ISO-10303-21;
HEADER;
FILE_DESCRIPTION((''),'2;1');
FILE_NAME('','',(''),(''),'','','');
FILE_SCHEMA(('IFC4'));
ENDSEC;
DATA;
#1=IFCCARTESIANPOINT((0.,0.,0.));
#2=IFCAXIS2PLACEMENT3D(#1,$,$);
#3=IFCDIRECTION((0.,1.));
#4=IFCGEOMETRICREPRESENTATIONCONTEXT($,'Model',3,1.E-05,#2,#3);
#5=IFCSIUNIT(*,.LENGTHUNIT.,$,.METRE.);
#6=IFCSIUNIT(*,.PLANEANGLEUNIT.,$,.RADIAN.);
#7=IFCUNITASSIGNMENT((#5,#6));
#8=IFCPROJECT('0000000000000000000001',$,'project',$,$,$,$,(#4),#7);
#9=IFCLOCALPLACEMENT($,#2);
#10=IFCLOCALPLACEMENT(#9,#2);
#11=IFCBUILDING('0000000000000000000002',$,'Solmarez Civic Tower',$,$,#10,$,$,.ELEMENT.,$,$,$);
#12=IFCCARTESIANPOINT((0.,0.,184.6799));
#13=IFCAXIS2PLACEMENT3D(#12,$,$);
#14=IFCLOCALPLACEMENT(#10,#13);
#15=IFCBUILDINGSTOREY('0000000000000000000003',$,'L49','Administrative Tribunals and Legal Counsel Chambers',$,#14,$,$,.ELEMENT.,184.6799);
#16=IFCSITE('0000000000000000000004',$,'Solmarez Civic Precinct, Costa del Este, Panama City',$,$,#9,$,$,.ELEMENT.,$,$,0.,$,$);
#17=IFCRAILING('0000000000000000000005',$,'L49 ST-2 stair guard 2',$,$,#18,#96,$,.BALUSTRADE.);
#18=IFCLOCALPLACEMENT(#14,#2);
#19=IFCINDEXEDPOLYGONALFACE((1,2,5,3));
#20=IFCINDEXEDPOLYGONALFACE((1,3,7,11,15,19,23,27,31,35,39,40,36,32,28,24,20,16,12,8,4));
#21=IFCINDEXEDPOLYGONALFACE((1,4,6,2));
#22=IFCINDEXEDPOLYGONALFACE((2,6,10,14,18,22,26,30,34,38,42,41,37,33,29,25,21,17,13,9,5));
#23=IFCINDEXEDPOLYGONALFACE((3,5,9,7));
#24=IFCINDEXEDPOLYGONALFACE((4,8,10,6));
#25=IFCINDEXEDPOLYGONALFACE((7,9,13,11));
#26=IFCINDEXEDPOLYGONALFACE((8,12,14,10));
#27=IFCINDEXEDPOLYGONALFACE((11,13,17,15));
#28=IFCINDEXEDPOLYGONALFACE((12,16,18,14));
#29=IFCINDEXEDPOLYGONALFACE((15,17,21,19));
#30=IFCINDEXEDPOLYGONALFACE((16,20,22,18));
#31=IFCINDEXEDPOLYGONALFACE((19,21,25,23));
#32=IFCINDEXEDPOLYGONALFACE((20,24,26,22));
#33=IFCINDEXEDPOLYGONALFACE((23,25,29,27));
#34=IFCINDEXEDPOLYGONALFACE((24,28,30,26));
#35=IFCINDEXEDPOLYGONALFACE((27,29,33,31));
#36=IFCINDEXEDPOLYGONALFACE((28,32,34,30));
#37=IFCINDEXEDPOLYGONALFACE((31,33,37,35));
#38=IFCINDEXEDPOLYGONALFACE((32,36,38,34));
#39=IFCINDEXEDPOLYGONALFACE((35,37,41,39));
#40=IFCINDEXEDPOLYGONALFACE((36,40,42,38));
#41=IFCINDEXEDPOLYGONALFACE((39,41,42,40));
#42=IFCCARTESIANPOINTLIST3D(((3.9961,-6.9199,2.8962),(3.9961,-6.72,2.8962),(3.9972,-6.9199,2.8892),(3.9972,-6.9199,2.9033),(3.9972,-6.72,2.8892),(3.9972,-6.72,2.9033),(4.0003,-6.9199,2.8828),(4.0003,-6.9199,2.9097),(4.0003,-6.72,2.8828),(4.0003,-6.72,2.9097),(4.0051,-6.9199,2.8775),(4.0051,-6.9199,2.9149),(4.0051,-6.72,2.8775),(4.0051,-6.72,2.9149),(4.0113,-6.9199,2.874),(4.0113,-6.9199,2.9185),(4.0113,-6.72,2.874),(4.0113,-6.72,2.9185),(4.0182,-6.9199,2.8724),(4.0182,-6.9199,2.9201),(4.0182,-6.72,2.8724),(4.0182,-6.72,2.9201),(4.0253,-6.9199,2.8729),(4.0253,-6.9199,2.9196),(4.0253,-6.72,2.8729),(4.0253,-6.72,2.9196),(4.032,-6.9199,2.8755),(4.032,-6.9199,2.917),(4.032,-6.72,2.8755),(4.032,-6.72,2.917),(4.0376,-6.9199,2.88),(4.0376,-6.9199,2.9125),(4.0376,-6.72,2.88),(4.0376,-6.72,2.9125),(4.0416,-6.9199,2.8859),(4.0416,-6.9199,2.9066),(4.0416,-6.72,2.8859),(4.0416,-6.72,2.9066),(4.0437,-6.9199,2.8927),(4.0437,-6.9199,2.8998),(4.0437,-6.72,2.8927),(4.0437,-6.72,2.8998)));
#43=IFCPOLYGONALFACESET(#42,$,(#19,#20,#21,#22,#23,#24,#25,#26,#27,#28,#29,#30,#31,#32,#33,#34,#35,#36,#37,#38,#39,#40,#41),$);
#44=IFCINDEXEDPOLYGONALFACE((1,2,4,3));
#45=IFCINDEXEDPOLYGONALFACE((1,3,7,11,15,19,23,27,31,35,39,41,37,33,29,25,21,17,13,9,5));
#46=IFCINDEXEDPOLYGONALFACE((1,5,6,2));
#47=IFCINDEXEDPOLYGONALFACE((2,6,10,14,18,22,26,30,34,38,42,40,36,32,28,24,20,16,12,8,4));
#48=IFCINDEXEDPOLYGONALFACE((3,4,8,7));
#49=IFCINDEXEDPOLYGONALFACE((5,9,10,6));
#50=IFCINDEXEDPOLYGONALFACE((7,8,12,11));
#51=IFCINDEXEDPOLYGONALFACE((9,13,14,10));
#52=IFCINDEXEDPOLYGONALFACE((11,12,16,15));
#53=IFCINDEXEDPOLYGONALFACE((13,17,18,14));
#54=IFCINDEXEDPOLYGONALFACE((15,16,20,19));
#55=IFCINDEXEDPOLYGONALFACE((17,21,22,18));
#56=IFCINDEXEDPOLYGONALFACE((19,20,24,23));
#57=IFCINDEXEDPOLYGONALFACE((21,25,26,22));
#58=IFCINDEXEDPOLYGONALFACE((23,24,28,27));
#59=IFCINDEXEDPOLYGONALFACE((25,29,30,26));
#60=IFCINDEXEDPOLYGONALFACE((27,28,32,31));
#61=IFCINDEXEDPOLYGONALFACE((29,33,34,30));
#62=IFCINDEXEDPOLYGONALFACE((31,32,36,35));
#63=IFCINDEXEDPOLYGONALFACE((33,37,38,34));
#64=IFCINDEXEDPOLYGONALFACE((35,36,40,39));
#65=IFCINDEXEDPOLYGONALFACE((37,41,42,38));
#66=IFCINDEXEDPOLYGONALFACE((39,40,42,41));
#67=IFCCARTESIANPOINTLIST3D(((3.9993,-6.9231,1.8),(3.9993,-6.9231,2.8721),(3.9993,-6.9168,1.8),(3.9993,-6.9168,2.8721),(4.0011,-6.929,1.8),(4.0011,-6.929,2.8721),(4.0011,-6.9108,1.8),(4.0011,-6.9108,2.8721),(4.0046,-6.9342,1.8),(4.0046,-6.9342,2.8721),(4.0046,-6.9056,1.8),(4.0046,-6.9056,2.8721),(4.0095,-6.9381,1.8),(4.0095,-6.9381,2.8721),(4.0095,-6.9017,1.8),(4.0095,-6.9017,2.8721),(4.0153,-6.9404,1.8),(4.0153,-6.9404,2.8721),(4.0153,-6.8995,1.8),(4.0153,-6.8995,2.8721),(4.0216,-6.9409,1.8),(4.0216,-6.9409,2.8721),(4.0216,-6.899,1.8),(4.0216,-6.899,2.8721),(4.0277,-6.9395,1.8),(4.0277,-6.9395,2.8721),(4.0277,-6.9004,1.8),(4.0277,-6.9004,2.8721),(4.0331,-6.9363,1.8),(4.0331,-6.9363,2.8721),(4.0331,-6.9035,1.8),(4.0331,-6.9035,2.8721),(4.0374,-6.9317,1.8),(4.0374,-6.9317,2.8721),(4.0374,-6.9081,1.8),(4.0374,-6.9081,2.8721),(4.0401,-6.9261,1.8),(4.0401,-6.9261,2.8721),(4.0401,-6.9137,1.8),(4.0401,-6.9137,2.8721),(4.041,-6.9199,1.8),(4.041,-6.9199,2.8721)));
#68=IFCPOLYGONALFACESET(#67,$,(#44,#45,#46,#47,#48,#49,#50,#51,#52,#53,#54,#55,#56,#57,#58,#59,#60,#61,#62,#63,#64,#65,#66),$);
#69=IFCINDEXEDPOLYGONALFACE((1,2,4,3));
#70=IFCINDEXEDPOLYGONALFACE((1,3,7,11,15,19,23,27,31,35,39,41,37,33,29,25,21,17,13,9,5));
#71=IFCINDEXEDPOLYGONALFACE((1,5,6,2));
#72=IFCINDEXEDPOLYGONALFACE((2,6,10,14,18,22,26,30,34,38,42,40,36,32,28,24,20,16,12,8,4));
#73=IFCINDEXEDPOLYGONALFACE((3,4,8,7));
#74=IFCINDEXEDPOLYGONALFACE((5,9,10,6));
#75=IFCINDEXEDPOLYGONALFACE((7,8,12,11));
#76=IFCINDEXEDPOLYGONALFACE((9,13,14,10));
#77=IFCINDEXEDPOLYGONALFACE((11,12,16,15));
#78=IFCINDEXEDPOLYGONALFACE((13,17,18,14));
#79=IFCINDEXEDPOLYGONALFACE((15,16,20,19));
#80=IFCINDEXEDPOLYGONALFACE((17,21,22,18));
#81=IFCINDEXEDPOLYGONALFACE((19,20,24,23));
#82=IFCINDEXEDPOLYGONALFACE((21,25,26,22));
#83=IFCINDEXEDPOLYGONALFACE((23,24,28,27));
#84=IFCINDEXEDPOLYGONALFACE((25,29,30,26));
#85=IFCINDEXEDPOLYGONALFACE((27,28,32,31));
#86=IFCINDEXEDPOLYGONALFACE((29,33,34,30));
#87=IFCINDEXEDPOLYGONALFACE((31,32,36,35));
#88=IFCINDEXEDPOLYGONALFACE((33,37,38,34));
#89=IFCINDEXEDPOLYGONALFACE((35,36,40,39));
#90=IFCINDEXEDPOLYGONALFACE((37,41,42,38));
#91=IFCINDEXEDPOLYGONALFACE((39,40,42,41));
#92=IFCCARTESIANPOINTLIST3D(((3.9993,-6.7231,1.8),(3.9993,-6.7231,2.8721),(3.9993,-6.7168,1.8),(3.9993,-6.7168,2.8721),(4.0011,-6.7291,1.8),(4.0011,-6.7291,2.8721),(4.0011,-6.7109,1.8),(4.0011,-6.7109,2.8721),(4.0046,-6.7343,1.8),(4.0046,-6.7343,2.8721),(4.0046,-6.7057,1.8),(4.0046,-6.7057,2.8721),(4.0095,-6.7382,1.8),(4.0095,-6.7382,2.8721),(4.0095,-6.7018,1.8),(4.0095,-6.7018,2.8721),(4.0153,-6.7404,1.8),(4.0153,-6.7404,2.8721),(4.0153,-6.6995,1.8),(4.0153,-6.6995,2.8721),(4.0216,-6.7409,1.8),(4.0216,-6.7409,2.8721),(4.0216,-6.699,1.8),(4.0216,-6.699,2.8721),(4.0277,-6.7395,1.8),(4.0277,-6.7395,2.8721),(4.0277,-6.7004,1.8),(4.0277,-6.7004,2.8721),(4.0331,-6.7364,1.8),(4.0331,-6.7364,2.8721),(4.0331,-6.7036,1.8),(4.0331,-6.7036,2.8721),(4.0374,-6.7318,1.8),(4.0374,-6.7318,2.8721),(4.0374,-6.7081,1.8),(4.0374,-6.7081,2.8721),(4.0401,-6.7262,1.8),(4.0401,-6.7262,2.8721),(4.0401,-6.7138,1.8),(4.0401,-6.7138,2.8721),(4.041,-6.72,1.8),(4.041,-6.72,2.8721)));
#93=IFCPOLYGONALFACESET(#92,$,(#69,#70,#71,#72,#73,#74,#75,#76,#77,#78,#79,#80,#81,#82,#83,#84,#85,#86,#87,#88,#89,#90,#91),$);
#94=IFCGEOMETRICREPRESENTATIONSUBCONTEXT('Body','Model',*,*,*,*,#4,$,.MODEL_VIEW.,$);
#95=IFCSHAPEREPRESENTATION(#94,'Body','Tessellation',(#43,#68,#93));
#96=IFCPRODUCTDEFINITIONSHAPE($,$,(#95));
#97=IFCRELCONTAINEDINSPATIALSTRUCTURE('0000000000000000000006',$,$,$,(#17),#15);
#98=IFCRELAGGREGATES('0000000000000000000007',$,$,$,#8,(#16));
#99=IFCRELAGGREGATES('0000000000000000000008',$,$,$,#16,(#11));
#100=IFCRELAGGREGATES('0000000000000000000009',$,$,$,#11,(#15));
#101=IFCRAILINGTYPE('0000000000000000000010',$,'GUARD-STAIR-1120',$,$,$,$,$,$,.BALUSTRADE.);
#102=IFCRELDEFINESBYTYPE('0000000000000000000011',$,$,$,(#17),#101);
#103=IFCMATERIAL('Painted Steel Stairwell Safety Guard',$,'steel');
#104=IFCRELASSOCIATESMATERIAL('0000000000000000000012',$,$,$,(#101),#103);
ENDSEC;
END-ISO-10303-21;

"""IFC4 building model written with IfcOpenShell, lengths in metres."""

from ifc_helpers import new_model, si_unit, direction, frame, origin, origin_2d, place, context, subcontext, project, spatial, circle, extrude, material, type_object, element, save


model = new_model("IFC4")

# Units and contexts
model_context = context("Model", 3, precision=1e-05, world=origin(), true_north=direction((0.0, 1.0)))
body_context = subcontext(model_context, "Body", "Model", "MODEL_VIEW")
ifc_project = project(units=[si_unit("LENGTHUNIT", "METRE"), si_unit("PLANEANGLEUNIT", "RADIAN")], contexts=[model_context])

# Site, building, storey
site_placement = place(None, origin())
site = spatial("IfcSite", under=ifc_project, at=site_placement, Name="Solmarez Civic Precinct, Costa del Este, Panama City", CompositionType="ELEMENT", RefElevation=0.0)
building_placement = place(site_placement, origin())
building = spatial("IfcBuilding", under=site, at=building_placement, Name="Solmarez Civic Tower", CompositionType="ELEMENT")
storey_placement = place(building_placement, frame((0.0, 0.0, 184.6799)))
storey = spatial("IfcBuildingStorey", under=building, at=storey_placement, Name="L49", Description="Administrative Tribunals and Legal Counsel Chambers", CompositionType="ELEMENT", Elevation=184.6799)

# Railing
ifc_material_1 = material(Name="Painted Steel Stairwell Safety Guard", Category="steel")
railing_type_1 = type_object("IfcRailingType", Name="GUARD-STAIR-1120", PredefinedType="BALUSTRADE", material=ifc_material_1)
railing_1_placement = place(storey_placement, frame((4.02, -6.9199, 1.8)))
element("IfcRailing", 1, at=railing_1_placement, inside=storey, type_object=railing_type_1, Name="L49 ST-2 stair guard 2", PredefinedType="BALUSTRADE", context=body_context, shape_type="SweptSolid", body=[
    extrude(circle(Radius=0.0239, at=origin_2d()), frame((0.0, 0.0, 1.0962), z_axis=(0.0, 1.0, 0.0), x_axis=(-1.0, 0.0, 0.0)), (0.0, 0.0, 1.0), 0.2),
    extrude(circle(Radius=0.021, at=origin_2d()), origin(), (0.0, 0.0, 1.0), 1.072),
    extrude(circle(Radius=0.021, at=origin_2d()), frame((0.0, 0.2, 0.0)), (0.0, 0.0, 1.0), 1.072),
])

save(model, "model.ifc")
